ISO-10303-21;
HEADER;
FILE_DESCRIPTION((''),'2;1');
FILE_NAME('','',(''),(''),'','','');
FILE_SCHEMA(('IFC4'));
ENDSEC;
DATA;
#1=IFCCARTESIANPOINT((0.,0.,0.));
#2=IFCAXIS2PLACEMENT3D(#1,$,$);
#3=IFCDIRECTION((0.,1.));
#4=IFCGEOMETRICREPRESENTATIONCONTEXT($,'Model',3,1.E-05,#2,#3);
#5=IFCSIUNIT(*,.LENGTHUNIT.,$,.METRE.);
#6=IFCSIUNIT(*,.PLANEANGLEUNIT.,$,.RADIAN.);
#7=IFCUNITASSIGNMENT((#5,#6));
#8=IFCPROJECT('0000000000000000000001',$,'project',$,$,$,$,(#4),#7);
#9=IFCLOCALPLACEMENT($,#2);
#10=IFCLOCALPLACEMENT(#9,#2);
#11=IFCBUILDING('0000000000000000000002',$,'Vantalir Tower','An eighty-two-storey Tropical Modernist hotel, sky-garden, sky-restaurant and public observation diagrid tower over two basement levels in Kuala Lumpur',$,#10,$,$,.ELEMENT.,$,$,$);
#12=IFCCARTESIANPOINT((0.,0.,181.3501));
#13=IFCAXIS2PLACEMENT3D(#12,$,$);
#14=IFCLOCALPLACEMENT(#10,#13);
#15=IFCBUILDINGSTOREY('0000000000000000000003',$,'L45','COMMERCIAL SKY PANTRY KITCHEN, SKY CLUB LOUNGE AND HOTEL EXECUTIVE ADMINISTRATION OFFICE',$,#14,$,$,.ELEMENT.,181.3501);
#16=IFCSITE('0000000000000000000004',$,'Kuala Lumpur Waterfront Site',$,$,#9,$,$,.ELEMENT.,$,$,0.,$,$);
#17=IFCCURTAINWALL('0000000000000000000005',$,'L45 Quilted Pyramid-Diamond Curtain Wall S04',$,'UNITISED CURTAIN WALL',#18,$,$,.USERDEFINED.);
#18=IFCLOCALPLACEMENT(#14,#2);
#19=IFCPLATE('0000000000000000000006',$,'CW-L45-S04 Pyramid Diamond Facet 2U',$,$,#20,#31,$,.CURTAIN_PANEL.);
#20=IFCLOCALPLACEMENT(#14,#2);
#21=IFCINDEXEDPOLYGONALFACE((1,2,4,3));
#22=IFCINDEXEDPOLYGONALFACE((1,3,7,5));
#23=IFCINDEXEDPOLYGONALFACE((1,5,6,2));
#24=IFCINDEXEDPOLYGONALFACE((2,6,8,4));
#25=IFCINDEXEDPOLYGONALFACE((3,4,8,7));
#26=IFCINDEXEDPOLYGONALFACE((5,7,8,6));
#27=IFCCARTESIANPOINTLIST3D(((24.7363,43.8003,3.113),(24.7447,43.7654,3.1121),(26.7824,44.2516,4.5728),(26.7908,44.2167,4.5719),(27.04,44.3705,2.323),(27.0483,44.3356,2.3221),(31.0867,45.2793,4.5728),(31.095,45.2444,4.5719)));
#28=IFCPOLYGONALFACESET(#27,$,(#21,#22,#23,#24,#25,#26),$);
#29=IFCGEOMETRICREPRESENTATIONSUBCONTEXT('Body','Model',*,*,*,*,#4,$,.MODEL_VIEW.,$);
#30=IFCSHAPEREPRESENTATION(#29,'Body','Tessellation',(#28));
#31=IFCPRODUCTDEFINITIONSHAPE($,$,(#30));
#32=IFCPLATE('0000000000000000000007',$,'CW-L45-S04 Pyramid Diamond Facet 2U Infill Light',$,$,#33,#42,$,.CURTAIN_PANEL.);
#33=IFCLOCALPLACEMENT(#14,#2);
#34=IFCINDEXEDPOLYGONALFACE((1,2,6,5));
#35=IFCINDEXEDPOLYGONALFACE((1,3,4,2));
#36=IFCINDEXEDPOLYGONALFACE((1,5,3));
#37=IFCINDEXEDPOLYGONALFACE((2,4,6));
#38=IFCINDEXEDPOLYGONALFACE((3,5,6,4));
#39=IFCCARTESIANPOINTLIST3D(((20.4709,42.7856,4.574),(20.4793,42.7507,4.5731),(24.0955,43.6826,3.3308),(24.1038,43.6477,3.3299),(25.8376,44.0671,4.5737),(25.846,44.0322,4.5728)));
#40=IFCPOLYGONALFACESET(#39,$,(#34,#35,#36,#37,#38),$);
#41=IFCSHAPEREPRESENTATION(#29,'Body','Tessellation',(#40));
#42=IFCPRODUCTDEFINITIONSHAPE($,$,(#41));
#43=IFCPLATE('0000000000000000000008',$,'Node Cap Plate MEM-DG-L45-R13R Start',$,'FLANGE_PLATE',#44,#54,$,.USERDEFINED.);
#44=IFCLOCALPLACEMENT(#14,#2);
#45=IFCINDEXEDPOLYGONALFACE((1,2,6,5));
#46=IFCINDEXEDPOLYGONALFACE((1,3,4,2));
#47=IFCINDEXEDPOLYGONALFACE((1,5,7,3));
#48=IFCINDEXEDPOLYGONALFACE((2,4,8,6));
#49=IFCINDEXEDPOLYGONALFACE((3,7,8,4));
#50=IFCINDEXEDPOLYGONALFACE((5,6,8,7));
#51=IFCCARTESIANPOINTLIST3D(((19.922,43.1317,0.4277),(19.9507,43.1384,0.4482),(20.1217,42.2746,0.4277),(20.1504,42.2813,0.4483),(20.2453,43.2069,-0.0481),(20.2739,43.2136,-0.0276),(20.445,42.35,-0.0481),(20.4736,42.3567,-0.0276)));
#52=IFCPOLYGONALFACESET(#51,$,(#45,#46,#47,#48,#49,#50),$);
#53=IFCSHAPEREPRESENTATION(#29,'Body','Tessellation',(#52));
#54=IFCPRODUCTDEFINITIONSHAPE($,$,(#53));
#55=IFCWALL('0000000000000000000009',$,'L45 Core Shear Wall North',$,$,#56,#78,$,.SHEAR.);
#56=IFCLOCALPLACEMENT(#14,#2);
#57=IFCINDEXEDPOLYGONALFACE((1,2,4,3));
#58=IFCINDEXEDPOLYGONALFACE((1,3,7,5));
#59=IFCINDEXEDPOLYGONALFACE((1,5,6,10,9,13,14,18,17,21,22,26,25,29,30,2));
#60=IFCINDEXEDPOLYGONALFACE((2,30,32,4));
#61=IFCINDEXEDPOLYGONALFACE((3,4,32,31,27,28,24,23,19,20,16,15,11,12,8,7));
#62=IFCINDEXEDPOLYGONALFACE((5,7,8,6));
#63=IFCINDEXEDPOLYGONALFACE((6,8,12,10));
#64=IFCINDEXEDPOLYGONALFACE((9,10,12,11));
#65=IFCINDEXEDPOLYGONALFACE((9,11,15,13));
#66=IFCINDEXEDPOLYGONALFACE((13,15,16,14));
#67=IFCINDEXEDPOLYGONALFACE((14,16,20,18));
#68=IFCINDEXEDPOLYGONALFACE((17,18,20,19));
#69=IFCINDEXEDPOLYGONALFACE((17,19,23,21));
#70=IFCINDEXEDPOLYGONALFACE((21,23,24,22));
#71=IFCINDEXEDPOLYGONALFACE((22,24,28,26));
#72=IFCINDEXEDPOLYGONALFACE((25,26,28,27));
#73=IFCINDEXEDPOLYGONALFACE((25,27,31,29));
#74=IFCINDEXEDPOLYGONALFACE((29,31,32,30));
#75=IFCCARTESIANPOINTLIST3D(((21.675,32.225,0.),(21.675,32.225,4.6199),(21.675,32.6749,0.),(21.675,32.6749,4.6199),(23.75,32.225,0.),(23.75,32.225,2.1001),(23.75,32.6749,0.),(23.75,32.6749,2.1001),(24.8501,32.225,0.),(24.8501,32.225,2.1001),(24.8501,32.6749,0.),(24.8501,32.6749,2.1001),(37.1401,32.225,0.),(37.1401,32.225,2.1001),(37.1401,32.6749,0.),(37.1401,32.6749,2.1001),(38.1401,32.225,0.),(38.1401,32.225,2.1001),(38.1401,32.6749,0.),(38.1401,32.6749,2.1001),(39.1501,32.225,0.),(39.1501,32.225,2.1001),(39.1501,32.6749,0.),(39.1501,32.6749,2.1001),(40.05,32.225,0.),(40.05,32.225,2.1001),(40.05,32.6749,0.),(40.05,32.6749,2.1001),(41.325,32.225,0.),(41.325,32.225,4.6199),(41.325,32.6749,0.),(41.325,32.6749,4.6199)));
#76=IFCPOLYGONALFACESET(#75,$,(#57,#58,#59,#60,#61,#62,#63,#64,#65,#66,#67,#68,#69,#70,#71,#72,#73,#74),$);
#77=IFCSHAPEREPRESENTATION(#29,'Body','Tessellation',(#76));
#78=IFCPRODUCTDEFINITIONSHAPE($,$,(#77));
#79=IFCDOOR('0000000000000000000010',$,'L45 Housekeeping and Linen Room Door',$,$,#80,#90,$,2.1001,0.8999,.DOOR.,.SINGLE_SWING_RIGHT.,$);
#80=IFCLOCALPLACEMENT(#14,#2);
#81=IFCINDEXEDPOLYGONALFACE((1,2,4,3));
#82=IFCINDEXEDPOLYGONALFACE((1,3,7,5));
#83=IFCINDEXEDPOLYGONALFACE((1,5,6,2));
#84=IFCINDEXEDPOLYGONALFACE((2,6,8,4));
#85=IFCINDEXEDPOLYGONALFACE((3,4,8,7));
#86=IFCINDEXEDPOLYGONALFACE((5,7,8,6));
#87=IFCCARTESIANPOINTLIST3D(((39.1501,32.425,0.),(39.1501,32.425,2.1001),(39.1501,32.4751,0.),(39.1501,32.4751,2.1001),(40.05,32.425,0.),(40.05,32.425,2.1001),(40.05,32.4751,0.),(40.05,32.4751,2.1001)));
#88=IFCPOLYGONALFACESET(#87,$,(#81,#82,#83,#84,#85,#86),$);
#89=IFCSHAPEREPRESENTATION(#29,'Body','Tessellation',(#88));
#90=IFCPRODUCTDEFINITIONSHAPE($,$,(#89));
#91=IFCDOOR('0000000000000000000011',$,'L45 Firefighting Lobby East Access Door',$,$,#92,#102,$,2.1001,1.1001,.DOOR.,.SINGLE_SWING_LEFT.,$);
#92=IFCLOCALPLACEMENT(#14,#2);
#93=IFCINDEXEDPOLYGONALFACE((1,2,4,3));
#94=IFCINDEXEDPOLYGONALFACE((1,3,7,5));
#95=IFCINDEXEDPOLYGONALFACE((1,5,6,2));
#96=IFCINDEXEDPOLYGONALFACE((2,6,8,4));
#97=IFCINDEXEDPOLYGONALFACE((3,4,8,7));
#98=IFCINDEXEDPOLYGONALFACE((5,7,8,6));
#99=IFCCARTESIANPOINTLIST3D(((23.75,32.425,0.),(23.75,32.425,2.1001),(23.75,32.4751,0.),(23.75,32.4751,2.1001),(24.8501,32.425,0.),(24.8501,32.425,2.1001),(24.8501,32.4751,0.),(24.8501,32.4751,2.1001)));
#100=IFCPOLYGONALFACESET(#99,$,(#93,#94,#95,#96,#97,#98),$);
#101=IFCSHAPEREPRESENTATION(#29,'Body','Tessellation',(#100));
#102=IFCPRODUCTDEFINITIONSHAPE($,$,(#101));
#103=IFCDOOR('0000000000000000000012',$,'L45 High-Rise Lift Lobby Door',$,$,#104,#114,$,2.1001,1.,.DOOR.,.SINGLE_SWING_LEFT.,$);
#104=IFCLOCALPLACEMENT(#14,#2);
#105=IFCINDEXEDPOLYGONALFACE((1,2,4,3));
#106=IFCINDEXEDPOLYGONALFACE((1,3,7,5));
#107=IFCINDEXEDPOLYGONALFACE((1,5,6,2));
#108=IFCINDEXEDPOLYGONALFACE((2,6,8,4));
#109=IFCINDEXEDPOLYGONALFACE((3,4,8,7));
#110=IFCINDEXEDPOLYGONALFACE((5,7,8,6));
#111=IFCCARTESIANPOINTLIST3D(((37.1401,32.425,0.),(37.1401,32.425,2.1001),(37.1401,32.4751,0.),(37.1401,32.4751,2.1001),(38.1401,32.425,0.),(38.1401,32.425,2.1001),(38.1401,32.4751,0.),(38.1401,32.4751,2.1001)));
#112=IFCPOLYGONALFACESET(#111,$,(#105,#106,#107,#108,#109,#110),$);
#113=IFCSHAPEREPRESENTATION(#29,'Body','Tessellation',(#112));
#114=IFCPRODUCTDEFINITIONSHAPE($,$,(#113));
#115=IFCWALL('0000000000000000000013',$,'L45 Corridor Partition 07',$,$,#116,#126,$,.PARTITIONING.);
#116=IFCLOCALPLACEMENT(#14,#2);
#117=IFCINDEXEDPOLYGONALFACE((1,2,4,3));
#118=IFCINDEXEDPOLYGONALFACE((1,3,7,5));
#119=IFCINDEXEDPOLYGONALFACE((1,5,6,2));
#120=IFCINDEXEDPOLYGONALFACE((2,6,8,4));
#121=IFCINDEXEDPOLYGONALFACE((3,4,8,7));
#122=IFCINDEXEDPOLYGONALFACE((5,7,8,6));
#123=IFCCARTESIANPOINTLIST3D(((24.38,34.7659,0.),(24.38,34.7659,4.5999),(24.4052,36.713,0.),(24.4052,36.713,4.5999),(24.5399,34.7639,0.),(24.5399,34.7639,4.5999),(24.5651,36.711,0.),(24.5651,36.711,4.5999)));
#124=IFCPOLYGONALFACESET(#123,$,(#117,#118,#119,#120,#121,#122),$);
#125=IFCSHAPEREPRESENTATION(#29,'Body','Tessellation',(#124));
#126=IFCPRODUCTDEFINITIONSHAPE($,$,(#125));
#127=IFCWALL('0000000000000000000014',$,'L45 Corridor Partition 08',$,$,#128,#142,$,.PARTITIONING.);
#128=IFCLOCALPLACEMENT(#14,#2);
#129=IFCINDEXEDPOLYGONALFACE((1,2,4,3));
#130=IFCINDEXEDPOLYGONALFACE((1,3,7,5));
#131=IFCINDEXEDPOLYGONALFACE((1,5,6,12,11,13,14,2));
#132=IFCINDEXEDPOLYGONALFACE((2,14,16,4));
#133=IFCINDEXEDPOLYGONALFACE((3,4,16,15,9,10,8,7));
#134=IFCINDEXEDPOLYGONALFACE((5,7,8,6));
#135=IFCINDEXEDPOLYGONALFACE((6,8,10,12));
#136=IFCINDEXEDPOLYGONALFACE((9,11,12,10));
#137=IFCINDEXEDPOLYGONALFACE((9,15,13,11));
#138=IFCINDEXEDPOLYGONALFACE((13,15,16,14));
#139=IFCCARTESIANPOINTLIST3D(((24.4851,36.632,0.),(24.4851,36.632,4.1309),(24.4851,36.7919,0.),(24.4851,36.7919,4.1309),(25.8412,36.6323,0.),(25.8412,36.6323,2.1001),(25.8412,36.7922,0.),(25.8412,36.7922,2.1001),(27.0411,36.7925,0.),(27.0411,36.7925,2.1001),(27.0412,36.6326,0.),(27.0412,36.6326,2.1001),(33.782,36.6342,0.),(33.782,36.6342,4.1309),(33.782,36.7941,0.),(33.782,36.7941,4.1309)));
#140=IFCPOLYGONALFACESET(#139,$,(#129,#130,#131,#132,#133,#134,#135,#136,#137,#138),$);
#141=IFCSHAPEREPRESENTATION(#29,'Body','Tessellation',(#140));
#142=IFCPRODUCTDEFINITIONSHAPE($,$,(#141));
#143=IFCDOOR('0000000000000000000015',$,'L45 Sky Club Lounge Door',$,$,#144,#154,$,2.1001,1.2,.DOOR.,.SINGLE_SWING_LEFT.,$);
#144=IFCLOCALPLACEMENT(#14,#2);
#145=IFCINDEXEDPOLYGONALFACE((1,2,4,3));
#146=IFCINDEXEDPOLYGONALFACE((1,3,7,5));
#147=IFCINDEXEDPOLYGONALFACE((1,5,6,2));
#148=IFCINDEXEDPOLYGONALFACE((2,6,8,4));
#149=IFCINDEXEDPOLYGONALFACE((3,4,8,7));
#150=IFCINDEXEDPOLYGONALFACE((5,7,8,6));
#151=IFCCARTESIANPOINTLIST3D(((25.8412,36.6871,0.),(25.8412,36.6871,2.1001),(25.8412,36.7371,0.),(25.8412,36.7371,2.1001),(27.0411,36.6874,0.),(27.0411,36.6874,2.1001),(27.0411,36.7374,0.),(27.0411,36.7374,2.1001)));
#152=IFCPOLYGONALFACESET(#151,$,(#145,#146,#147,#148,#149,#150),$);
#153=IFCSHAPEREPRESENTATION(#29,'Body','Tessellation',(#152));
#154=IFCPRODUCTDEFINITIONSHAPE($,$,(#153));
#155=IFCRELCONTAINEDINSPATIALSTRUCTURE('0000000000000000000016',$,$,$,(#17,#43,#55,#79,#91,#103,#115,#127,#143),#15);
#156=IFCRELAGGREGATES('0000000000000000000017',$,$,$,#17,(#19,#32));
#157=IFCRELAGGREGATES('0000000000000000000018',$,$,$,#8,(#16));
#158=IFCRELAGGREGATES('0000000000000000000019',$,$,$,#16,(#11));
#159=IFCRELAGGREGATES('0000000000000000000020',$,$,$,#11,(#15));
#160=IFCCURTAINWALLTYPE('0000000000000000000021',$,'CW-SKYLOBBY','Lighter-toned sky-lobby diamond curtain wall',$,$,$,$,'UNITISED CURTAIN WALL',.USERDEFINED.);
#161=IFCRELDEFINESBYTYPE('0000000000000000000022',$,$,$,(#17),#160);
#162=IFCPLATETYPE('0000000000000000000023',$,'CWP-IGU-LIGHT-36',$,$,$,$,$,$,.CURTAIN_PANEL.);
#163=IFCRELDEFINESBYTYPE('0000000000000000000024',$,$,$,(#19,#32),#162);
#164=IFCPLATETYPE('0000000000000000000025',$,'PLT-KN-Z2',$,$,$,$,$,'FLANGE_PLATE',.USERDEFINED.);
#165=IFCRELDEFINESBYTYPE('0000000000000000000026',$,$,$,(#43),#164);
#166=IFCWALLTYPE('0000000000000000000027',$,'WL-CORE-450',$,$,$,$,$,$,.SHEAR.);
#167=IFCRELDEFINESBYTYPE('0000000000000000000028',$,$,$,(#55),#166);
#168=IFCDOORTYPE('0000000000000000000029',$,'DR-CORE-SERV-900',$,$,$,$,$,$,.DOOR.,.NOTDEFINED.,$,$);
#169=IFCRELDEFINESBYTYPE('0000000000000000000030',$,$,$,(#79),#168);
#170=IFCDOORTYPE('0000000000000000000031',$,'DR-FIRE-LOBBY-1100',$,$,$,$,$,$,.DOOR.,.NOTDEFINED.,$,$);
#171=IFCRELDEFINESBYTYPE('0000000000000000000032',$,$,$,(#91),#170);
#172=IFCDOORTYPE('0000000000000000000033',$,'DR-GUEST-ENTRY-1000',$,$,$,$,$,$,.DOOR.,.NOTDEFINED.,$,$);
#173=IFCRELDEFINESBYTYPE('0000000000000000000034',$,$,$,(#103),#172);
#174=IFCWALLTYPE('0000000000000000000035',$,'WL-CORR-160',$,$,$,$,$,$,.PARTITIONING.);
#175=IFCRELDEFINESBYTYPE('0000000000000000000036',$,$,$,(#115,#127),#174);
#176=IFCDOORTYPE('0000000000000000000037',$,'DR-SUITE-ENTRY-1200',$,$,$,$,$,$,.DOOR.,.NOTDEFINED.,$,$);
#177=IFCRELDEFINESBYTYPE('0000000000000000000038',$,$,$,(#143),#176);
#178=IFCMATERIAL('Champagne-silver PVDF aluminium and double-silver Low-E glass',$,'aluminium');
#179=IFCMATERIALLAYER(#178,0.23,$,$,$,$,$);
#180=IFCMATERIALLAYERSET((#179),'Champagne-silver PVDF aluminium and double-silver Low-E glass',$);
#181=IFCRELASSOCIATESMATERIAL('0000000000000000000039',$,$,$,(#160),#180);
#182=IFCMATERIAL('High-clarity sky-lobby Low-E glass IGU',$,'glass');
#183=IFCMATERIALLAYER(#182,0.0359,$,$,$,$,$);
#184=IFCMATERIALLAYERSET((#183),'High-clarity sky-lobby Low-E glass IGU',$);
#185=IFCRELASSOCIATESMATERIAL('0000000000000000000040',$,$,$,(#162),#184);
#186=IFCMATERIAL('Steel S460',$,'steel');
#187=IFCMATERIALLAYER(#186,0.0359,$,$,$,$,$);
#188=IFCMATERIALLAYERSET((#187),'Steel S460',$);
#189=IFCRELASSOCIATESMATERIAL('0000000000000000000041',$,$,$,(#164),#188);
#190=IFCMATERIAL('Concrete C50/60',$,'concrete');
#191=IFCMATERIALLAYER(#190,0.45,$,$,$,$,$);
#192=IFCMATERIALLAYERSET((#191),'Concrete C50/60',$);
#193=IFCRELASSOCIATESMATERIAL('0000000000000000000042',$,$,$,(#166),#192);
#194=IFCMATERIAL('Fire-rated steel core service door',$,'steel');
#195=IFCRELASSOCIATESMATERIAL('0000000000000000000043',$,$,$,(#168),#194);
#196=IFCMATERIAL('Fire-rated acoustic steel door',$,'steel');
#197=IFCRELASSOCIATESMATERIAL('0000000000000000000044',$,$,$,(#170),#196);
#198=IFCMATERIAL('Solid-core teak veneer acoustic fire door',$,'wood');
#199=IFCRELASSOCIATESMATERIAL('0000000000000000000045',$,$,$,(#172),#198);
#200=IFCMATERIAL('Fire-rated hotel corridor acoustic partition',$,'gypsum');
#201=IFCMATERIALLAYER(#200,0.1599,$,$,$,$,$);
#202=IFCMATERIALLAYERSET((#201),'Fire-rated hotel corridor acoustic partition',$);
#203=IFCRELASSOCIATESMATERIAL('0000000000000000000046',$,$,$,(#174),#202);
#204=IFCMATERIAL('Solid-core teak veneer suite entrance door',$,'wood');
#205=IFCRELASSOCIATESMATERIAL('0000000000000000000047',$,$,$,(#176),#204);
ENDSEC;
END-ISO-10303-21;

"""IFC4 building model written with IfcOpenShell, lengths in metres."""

from ifc_helpers import new_model, si_unit, direction, frame, frame_2d, origin, place, context, subcontext, project, spatial, polyline, rectangle, outline, extrude, material, layer, layer_set, type_object, element, fill, aggregate, save


model = new_model("IFC4")

# Units and contexts
model_context = context("Model", 3, precision=1e-05, world=origin(), true_north=direction((0.0, 1.0)))
body_context = subcontext(model_context, "Body", "Model", "MODEL_VIEW")
ifc_project = project(units=[si_unit("LENGTHUNIT", "METRE"), si_unit("PLANEANGLEUNIT", "RADIAN")], contexts=[model_context])

# Site, building, storey
site_placement = place(None, origin())
site = spatial("IfcSite", under=ifc_project, at=site_placement, Name="Kuala Lumpur Waterfront Site", CompositionType="ELEMENT", RefElevation=0.0)
building_placement = place(site_placement, origin())
building = spatial("IfcBuilding", under=site, at=building_placement, Name="Vantalir Tower", Description="An eighty-two-storey Tropical Modernist hotel, sky-garden, sky-restaurant and public observation diagrid tower over two basement levels in Kuala Lumpur", CompositionType="ELEMENT")
storey_placement = place(building_placement, frame((0.0, 0.0, 181.3501)))
storey = spatial("IfcBuildingStorey", under=building, at=storey_placement, Name="L45", Description="COMMERCIAL SKY PANTRY KITCHEN, SKY CLUB LOUNGE AND HOTEL EXECUTIVE ADMINISTRATION OFFICE", CompositionType="ELEMENT", Elevation=181.3501)

# Shared definitions
ifc_material_1 = material(Name="Concrete C50/60", Category="concrete")
ifc_material_2 = material(Name="Steel S460", Category="steel")

# Curtain wall
ifc_material_3 = material(Name="Champagne-silver PVDF aluminium and double-silver Low-E glass", Category="aluminium")
ifc_layer_1 = layer(ifc_material_3, 0.23)
ifc_layer_set_1 = layer_set([ifc_layer_1], Name="Champagne-silver PVDF aluminium and double-silver Low-E glass")
curtain_wall_type = type_object("IfcCurtainWallType", Name="CW-SKYLOBBY", Description="Lighter-toned sky-lobby diamond curtain wall", ElementType="UNITISED CURTAIN WALL", PredefinedType="USERDEFINED", material=ifc_layer_set_1)
curtain_wall_placement = place(storey_placement, origin())
curtain_wall = element("IfcCurtainWall", 1, at=curtain_wall_placement, inside=storey, type_object=curtain_wall_type, Name="L45 Quilted Pyramid-Diamond Curtain Wall S04", ObjectType="UNITISED CURTAIN WALL", PredefinedType="USERDEFINED")

# Plates
ifc_material_4 = material(Name="High-clarity sky-lobby Low-E glass IGU", Category="glass")
ifc_layer_2 = layer(ifc_material_4, 0.0359)
ifc_layer_set_2 = layer_set([ifc_layer_2], Name="High-clarity sky-lobby Low-E glass IGU")
plate_type_1 = type_object("IfcPlateType", Name="CWP-IGU-LIGHT-36", PredefinedType="CURTAIN_PANEL", material=ifc_layer_set_2)
plate_1_placement = place(storey_placement, frame((31.0867, 45.2793, 4.5728), z_axis=(-0.232166, 0.97236, 0.024808), x_axis=(-0.972659, -0.232238, 0.000001)))
plate_1 = element("IfcPlate", 2, at=plate_1_placement, type_object=plate_type_1, Name="CW-L45-S04 Pyramid Diamond Facet 2U", PredefinedType="CURTAIN_PANEL", context=body_context, shape_type="SweptSolid", body=[
    extrude(outline(polyline([(0.0, 0.0), (4.4252, 0.0), (6.5202, -1.4602), (4.1471, -2.2504), (0.0, 0.0)])), origin(), (0.0, 0.0, -1.0), 0.0359),
])
plate_2_placement = place(storey_placement, frame((25.8376, 44.0671, 4.5737), z_axis=(-0.232185, 0.97236, 0.024633), x_axis=(-0.972655, -0.232257, 0.000044)))
plate_2 = element("IfcPlate", 3, at=plate_2_placement, type_object=plate_type_1, Name="CW-L45-S04 Pyramid Diamond Facet 2U Infill Light", PredefinedType="CURTAIN_PANEL", context=body_context, shape_type="SweptSolid", body=[
    extrude(outline(polyline([(0.0, 0.0), (5.5176, 0.0), (1.7838, -1.2434), (0.0, 0.0)])), origin(), (0.0, 0.0, -1.0), 0.0359),
])
aggregate(curtain_wall, [plate_1, plate_2])
ifc_layer_3 = layer(ifc_material_2, 0.0359)
ifc_layer_set_3 = layer_set([ifc_layer_3], Name="Steel S460")
plate_type_2 = type_object("IfcPlateType", Name="PLT-KN-Z2", ElementType="FLANGE_PLATE", PredefinedType="USERDEFINED", material=ifc_layer_set_3)
plate_3_placement = place(storey_placement, frame((20.4736, 42.3567, -0.0276), z_axis=(0.798788, 0.18613, 0.572096), x_axis=(-0.226946, 0.973907, 0.000015)))
element("IfcPlate", 4, at=plate_3_placement, inside=storey, type_object=plate_type_2, Name="Node Cap Plate MEM-DG-L45-R13R Start", ObjectType="FLANGE_PLATE", PredefinedType="USERDEFINED", context=body_context, shape_type="SweptSolid", body=[
    extrude(outline(polyline([(0.0, 0.0), (0.8799, 0.0), (0.88, 0.5801), (-0.0001, 0.5802), (0.0, 0.0)])), origin(), (0.0, 0.0, -1.0), 0.0359),
])

# Wall, openings, doors
ifc_layer_4 = layer(ifc_material_1, 0.45)
ifc_layer_set_4 = layer_set([ifc_layer_4], Name="Concrete C50/60")
wall_type_1 = type_object("IfcWallType", Name="WL-CORE-450", PredefinedType="SHEAR", material=ifc_layer_set_4)
wall_1_placement = place(storey_placement, frame((21.675, 32.45, 0.0), z_axis=(0.0, 0.0, 1.0), x_axis=(1.0, 0.0, 0.0)))
wall_1 = element("IfcWall", 5, at=wall_1_placement, inside=storey, type_object=wall_type_1, Name="L45 Core Shear Wall North", PredefinedType="SHEAR", context=body_context, shape_type="SweptSolid", body=[
    extrude(rectangle(XDim=19.6499, YDim=0.45, at=frame_2d((9.825, 0.0))), origin(), (0.0, 0.0, 1.0), 4.6199),
])
opening_1_placement = place(wall_1_placement, frame((2.075, 0.0, 0.0)))
opening_1 = element("IfcOpeningElement", 6, at=opening_1_placement, cuts=wall_1, PredefinedType="OPENING", context=body_context, shape_type="SweptSolid", body=[
    extrude(rectangle(XDim=1.1001, YDim=2.1001, at=frame_2d((0.55, 1.05))), frame((0.0, 0.2349, 0.0), z_axis=(0.0, -1.0, 0.0), x_axis=(1.0, 0.0, 0.0)), (0.0, 0.0, 1.0), 0.47),
])
opening_2_placement = place(wall_1_placement, frame((15.4651, 0.0, 0.0)))
opening_2 = element("IfcOpeningElement", 7, at=opening_2_placement, cuts=wall_1, PredefinedType="OPENING", context=body_context, shape_type="SweptSolid", body=[
    extrude(rectangle(XDim=1.0, YDim=2.1001, at=frame_2d((0.5, 1.05))), frame((0.0, 0.2349, 0.0), z_axis=(0.0, -1.0, 0.0), x_axis=(1.0, 0.0, 0.0)), (0.0, 0.0, 1.0), 0.47),
])
opening_3_placement = place(wall_1_placement, frame((17.4751, 0.0, 0.0)))
opening_3 = element("IfcOpeningElement", 8, at=opening_3_placement, cuts=wall_1, PredefinedType="OPENING", context=body_context, shape_type="SweptSolid", body=[
    extrude(rectangle(XDim=0.8999, YDim=2.1001, at=frame_2d((0.45, 1.05))), frame((0.0, 0.2349, 0.0), z_axis=(0.0, -1.0, 0.0), x_axis=(1.0, 0.0, 0.0)), (0.0, 0.0, 1.0), 0.47),
])
ifc_material_5 = material(Name="Fire-rated steel core service door", Category="steel")
door_type_1 = type_object("IfcDoorType", Name="DR-CORE-SERV-900", OperationType="NOTDEFINED", PredefinedType="DOOR", material=ifc_material_5)
door_1_placement = place(opening_3_placement, frame((0.8999, 0.0, 0.0), z_axis=(0.0, 0.0, 1.0), x_axis=(-1.0, 0.0, 0.0)))
door_1 = element("IfcDoor", 9, at=door_1_placement, inside=storey, type_object=door_type_1, Name="L45 Housekeeping and Linen Room Door", OperationType="SINGLE_SWING_RIGHT", OverallHeight=2.1001, OverallWidth=0.8999, PredefinedType="DOOR", context=body_context, shape_type="SweptSolid", body=[
    extrude(rectangle(XDim=0.8999, YDim=2.1001, at=frame_2d((0.45, 1.05))), frame((0.0, 0.0249, 0.0), z_axis=(0.0, -1.0, 0.0), x_axis=(1.0, 0.0, 0.0)), (0.0, 0.0, 1.0), 0.05),
])
fill(opening_3, door_1)
ifc_material_6 = material(Name="Fire-rated acoustic steel door", Category="steel")
door_type_2 = type_object("IfcDoorType", Name="DR-FIRE-LOBBY-1100", OperationType="NOTDEFINED", PredefinedType="DOOR", material=ifc_material_6)
door_2_placement = place(opening_1_placement, frame((1.1001, 0.0, 0.0), z_axis=(0.0, 0.0, 1.0), x_axis=(-1.0, 0.0, 0.0)))
door_2 = element("IfcDoor", 10, at=door_2_placement, inside=storey, type_object=door_type_2, Name="L45 Firefighting Lobby East Access Door", OperationType="SINGLE_SWING_LEFT", OverallHeight=2.1001, OverallWidth=1.1001, PredefinedType="DOOR", context=body_context, shape_type="SweptSolid", body=[
    extrude(rectangle(XDim=1.1001, YDim=2.1001, at=frame_2d((0.55, 1.05))), frame((0.0, 0.0249, 0.0), z_axis=(0.0, -1.0, 0.0), x_axis=(1.0, 0.0, 0.0)), (0.0, 0.0, 1.0), 0.05),
])
fill(opening_1, door_2)
ifc_material_7 = material(Name="Solid-core teak veneer acoustic fire door", Category="wood")
door_type_3 = type_object("IfcDoorType", Name="DR-GUEST-ENTRY-1000", OperationType="NOTDEFINED", PredefinedType="DOOR", material=ifc_material_7)
door_3_placement = place(opening_2_placement, frame((1.0, 0.0, 0.0), z_axis=(0.0, 0.0, 1.0), x_axis=(-1.0, 0.0, 0.0)))
door_3 = element("IfcDoor", 11, at=door_3_placement, inside=storey, type_object=door_type_3, Name="L45 High-Rise Lift Lobby Door", OperationType="SINGLE_SWING_LEFT", OverallHeight=2.1001, OverallWidth=1.0, PredefinedType="DOOR", context=body_context, shape_type="SweptSolid", body=[
    extrude(rectangle(XDim=1.0, YDim=2.1001, at=frame_2d((0.5, 1.05))), frame((0.0, 0.0249, 0.0), z_axis=(0.0, -1.0, 0.0), x_axis=(1.0, 0.0, 0.0)), (0.0, 0.0, 1.0), 0.05),
])
fill(opening_2, door_3)

# Wall
ifc_material_8 = material(Name="Fire-rated hotel corridor acoustic partition", Category="gypsum")
ifc_layer_5 = layer(ifc_material_8, 0.1599)
ifc_layer_set_5 = layer_set([ifc_layer_5], Name="Fire-rated hotel corridor acoustic partition")
wall_type_2 = type_object("IfcWallType", Name="WL-CORR-160", PredefinedType="PARTITIONING", material=ifc_layer_set_5)
wall_2_placement = place(storey_placement, frame((24.46, 34.7649, 0.0), z_axis=(0.0, 0.0, 1.0), x_axis=(0.012914, 0.999917, 0.0)))
element("IfcWall", 12, at=wall_2_placement, inside=storey, type_object=wall_type_2, Name="L45 Corridor Partition 07", PredefinedType="PARTITIONING", context=body_context, shape_type="SweptSolid", body=[
    extrude(rectangle(XDim=1.9473, YDim=0.1599, at=frame_2d((0.9736, 0.0))), origin(), (0.0, 0.0, 1.0), 4.5999),
])

# Wall, opening, door
wall_3_placement = place(storey_placement, frame((24.4851, 36.7119, 0.0), z_axis=(0.0, 0.0, 1.0), x_axis=(1.0, 0.000236, 0.0)))
wall_3 = element("IfcWall", 13, at=wall_3_placement, inside=storey, type_object=wall_type_2, Name="L45 Corridor Partition 08", PredefinedType="PARTITIONING", context=body_context, shape_type="SweptSolid", body=[
    extrude(rectangle(XDim=9.2969, YDim=0.1599, at=frame_2d((4.6484, 0.0))), origin(), (0.0, 0.0, 1.0), 4.1309),
])
opening_4_placement = place(wall_3_placement, frame((1.356, 0.0, 0.0)))
opening_4 = element("IfcOpeningElement", 14, at=opening_4_placement, cuts=wall_3, PredefinedType="OPENING", context=body_context, shape_type="SweptSolid", body=[
    extrude(rectangle(XDim=1.2, YDim=2.1001, at=frame_2d((0.6001, 1.05))), frame((0.0, 0.0898, 0.0), z_axis=(0.0, -1.0, 0.0), x_axis=(1.0, 0.0, 0.0)), (0.0, 0.0, 1.0), 0.1799),
])
ifc_material_9 = material(Name="Solid-core teak veneer suite entrance door", Category="wood")
door_type_4 = type_object("IfcDoorType", Name="DR-SUITE-ENTRY-1200", OperationType="NOTDEFINED", PredefinedType="DOOR", material=ifc_material_9)
door_4_placement = place(opening_4_placement, origin())
door_4 = element("IfcDoor", 15, at=door_4_placement, inside=storey, type_object=door_type_4, Name="L45 Sky Club Lounge Door", OperationType="SINGLE_SWING_LEFT", OverallHeight=2.1001, OverallWidth=1.2, PredefinedType="DOOR", context=body_context, shape_type="SweptSolid", body=[
    extrude(rectangle(XDim=1.2, YDim=2.1001, at=frame_2d((0.6001, 1.05))), frame((0.0, 0.0249, 0.0), z_axis=(0.0, -1.0, 0.0), x_axis=(1.0, 0.0, 0.0)), (0.0, 0.0, 1.0), 0.05),
])
fill(opening_4, door_4)

save(model, "model.ifc")
